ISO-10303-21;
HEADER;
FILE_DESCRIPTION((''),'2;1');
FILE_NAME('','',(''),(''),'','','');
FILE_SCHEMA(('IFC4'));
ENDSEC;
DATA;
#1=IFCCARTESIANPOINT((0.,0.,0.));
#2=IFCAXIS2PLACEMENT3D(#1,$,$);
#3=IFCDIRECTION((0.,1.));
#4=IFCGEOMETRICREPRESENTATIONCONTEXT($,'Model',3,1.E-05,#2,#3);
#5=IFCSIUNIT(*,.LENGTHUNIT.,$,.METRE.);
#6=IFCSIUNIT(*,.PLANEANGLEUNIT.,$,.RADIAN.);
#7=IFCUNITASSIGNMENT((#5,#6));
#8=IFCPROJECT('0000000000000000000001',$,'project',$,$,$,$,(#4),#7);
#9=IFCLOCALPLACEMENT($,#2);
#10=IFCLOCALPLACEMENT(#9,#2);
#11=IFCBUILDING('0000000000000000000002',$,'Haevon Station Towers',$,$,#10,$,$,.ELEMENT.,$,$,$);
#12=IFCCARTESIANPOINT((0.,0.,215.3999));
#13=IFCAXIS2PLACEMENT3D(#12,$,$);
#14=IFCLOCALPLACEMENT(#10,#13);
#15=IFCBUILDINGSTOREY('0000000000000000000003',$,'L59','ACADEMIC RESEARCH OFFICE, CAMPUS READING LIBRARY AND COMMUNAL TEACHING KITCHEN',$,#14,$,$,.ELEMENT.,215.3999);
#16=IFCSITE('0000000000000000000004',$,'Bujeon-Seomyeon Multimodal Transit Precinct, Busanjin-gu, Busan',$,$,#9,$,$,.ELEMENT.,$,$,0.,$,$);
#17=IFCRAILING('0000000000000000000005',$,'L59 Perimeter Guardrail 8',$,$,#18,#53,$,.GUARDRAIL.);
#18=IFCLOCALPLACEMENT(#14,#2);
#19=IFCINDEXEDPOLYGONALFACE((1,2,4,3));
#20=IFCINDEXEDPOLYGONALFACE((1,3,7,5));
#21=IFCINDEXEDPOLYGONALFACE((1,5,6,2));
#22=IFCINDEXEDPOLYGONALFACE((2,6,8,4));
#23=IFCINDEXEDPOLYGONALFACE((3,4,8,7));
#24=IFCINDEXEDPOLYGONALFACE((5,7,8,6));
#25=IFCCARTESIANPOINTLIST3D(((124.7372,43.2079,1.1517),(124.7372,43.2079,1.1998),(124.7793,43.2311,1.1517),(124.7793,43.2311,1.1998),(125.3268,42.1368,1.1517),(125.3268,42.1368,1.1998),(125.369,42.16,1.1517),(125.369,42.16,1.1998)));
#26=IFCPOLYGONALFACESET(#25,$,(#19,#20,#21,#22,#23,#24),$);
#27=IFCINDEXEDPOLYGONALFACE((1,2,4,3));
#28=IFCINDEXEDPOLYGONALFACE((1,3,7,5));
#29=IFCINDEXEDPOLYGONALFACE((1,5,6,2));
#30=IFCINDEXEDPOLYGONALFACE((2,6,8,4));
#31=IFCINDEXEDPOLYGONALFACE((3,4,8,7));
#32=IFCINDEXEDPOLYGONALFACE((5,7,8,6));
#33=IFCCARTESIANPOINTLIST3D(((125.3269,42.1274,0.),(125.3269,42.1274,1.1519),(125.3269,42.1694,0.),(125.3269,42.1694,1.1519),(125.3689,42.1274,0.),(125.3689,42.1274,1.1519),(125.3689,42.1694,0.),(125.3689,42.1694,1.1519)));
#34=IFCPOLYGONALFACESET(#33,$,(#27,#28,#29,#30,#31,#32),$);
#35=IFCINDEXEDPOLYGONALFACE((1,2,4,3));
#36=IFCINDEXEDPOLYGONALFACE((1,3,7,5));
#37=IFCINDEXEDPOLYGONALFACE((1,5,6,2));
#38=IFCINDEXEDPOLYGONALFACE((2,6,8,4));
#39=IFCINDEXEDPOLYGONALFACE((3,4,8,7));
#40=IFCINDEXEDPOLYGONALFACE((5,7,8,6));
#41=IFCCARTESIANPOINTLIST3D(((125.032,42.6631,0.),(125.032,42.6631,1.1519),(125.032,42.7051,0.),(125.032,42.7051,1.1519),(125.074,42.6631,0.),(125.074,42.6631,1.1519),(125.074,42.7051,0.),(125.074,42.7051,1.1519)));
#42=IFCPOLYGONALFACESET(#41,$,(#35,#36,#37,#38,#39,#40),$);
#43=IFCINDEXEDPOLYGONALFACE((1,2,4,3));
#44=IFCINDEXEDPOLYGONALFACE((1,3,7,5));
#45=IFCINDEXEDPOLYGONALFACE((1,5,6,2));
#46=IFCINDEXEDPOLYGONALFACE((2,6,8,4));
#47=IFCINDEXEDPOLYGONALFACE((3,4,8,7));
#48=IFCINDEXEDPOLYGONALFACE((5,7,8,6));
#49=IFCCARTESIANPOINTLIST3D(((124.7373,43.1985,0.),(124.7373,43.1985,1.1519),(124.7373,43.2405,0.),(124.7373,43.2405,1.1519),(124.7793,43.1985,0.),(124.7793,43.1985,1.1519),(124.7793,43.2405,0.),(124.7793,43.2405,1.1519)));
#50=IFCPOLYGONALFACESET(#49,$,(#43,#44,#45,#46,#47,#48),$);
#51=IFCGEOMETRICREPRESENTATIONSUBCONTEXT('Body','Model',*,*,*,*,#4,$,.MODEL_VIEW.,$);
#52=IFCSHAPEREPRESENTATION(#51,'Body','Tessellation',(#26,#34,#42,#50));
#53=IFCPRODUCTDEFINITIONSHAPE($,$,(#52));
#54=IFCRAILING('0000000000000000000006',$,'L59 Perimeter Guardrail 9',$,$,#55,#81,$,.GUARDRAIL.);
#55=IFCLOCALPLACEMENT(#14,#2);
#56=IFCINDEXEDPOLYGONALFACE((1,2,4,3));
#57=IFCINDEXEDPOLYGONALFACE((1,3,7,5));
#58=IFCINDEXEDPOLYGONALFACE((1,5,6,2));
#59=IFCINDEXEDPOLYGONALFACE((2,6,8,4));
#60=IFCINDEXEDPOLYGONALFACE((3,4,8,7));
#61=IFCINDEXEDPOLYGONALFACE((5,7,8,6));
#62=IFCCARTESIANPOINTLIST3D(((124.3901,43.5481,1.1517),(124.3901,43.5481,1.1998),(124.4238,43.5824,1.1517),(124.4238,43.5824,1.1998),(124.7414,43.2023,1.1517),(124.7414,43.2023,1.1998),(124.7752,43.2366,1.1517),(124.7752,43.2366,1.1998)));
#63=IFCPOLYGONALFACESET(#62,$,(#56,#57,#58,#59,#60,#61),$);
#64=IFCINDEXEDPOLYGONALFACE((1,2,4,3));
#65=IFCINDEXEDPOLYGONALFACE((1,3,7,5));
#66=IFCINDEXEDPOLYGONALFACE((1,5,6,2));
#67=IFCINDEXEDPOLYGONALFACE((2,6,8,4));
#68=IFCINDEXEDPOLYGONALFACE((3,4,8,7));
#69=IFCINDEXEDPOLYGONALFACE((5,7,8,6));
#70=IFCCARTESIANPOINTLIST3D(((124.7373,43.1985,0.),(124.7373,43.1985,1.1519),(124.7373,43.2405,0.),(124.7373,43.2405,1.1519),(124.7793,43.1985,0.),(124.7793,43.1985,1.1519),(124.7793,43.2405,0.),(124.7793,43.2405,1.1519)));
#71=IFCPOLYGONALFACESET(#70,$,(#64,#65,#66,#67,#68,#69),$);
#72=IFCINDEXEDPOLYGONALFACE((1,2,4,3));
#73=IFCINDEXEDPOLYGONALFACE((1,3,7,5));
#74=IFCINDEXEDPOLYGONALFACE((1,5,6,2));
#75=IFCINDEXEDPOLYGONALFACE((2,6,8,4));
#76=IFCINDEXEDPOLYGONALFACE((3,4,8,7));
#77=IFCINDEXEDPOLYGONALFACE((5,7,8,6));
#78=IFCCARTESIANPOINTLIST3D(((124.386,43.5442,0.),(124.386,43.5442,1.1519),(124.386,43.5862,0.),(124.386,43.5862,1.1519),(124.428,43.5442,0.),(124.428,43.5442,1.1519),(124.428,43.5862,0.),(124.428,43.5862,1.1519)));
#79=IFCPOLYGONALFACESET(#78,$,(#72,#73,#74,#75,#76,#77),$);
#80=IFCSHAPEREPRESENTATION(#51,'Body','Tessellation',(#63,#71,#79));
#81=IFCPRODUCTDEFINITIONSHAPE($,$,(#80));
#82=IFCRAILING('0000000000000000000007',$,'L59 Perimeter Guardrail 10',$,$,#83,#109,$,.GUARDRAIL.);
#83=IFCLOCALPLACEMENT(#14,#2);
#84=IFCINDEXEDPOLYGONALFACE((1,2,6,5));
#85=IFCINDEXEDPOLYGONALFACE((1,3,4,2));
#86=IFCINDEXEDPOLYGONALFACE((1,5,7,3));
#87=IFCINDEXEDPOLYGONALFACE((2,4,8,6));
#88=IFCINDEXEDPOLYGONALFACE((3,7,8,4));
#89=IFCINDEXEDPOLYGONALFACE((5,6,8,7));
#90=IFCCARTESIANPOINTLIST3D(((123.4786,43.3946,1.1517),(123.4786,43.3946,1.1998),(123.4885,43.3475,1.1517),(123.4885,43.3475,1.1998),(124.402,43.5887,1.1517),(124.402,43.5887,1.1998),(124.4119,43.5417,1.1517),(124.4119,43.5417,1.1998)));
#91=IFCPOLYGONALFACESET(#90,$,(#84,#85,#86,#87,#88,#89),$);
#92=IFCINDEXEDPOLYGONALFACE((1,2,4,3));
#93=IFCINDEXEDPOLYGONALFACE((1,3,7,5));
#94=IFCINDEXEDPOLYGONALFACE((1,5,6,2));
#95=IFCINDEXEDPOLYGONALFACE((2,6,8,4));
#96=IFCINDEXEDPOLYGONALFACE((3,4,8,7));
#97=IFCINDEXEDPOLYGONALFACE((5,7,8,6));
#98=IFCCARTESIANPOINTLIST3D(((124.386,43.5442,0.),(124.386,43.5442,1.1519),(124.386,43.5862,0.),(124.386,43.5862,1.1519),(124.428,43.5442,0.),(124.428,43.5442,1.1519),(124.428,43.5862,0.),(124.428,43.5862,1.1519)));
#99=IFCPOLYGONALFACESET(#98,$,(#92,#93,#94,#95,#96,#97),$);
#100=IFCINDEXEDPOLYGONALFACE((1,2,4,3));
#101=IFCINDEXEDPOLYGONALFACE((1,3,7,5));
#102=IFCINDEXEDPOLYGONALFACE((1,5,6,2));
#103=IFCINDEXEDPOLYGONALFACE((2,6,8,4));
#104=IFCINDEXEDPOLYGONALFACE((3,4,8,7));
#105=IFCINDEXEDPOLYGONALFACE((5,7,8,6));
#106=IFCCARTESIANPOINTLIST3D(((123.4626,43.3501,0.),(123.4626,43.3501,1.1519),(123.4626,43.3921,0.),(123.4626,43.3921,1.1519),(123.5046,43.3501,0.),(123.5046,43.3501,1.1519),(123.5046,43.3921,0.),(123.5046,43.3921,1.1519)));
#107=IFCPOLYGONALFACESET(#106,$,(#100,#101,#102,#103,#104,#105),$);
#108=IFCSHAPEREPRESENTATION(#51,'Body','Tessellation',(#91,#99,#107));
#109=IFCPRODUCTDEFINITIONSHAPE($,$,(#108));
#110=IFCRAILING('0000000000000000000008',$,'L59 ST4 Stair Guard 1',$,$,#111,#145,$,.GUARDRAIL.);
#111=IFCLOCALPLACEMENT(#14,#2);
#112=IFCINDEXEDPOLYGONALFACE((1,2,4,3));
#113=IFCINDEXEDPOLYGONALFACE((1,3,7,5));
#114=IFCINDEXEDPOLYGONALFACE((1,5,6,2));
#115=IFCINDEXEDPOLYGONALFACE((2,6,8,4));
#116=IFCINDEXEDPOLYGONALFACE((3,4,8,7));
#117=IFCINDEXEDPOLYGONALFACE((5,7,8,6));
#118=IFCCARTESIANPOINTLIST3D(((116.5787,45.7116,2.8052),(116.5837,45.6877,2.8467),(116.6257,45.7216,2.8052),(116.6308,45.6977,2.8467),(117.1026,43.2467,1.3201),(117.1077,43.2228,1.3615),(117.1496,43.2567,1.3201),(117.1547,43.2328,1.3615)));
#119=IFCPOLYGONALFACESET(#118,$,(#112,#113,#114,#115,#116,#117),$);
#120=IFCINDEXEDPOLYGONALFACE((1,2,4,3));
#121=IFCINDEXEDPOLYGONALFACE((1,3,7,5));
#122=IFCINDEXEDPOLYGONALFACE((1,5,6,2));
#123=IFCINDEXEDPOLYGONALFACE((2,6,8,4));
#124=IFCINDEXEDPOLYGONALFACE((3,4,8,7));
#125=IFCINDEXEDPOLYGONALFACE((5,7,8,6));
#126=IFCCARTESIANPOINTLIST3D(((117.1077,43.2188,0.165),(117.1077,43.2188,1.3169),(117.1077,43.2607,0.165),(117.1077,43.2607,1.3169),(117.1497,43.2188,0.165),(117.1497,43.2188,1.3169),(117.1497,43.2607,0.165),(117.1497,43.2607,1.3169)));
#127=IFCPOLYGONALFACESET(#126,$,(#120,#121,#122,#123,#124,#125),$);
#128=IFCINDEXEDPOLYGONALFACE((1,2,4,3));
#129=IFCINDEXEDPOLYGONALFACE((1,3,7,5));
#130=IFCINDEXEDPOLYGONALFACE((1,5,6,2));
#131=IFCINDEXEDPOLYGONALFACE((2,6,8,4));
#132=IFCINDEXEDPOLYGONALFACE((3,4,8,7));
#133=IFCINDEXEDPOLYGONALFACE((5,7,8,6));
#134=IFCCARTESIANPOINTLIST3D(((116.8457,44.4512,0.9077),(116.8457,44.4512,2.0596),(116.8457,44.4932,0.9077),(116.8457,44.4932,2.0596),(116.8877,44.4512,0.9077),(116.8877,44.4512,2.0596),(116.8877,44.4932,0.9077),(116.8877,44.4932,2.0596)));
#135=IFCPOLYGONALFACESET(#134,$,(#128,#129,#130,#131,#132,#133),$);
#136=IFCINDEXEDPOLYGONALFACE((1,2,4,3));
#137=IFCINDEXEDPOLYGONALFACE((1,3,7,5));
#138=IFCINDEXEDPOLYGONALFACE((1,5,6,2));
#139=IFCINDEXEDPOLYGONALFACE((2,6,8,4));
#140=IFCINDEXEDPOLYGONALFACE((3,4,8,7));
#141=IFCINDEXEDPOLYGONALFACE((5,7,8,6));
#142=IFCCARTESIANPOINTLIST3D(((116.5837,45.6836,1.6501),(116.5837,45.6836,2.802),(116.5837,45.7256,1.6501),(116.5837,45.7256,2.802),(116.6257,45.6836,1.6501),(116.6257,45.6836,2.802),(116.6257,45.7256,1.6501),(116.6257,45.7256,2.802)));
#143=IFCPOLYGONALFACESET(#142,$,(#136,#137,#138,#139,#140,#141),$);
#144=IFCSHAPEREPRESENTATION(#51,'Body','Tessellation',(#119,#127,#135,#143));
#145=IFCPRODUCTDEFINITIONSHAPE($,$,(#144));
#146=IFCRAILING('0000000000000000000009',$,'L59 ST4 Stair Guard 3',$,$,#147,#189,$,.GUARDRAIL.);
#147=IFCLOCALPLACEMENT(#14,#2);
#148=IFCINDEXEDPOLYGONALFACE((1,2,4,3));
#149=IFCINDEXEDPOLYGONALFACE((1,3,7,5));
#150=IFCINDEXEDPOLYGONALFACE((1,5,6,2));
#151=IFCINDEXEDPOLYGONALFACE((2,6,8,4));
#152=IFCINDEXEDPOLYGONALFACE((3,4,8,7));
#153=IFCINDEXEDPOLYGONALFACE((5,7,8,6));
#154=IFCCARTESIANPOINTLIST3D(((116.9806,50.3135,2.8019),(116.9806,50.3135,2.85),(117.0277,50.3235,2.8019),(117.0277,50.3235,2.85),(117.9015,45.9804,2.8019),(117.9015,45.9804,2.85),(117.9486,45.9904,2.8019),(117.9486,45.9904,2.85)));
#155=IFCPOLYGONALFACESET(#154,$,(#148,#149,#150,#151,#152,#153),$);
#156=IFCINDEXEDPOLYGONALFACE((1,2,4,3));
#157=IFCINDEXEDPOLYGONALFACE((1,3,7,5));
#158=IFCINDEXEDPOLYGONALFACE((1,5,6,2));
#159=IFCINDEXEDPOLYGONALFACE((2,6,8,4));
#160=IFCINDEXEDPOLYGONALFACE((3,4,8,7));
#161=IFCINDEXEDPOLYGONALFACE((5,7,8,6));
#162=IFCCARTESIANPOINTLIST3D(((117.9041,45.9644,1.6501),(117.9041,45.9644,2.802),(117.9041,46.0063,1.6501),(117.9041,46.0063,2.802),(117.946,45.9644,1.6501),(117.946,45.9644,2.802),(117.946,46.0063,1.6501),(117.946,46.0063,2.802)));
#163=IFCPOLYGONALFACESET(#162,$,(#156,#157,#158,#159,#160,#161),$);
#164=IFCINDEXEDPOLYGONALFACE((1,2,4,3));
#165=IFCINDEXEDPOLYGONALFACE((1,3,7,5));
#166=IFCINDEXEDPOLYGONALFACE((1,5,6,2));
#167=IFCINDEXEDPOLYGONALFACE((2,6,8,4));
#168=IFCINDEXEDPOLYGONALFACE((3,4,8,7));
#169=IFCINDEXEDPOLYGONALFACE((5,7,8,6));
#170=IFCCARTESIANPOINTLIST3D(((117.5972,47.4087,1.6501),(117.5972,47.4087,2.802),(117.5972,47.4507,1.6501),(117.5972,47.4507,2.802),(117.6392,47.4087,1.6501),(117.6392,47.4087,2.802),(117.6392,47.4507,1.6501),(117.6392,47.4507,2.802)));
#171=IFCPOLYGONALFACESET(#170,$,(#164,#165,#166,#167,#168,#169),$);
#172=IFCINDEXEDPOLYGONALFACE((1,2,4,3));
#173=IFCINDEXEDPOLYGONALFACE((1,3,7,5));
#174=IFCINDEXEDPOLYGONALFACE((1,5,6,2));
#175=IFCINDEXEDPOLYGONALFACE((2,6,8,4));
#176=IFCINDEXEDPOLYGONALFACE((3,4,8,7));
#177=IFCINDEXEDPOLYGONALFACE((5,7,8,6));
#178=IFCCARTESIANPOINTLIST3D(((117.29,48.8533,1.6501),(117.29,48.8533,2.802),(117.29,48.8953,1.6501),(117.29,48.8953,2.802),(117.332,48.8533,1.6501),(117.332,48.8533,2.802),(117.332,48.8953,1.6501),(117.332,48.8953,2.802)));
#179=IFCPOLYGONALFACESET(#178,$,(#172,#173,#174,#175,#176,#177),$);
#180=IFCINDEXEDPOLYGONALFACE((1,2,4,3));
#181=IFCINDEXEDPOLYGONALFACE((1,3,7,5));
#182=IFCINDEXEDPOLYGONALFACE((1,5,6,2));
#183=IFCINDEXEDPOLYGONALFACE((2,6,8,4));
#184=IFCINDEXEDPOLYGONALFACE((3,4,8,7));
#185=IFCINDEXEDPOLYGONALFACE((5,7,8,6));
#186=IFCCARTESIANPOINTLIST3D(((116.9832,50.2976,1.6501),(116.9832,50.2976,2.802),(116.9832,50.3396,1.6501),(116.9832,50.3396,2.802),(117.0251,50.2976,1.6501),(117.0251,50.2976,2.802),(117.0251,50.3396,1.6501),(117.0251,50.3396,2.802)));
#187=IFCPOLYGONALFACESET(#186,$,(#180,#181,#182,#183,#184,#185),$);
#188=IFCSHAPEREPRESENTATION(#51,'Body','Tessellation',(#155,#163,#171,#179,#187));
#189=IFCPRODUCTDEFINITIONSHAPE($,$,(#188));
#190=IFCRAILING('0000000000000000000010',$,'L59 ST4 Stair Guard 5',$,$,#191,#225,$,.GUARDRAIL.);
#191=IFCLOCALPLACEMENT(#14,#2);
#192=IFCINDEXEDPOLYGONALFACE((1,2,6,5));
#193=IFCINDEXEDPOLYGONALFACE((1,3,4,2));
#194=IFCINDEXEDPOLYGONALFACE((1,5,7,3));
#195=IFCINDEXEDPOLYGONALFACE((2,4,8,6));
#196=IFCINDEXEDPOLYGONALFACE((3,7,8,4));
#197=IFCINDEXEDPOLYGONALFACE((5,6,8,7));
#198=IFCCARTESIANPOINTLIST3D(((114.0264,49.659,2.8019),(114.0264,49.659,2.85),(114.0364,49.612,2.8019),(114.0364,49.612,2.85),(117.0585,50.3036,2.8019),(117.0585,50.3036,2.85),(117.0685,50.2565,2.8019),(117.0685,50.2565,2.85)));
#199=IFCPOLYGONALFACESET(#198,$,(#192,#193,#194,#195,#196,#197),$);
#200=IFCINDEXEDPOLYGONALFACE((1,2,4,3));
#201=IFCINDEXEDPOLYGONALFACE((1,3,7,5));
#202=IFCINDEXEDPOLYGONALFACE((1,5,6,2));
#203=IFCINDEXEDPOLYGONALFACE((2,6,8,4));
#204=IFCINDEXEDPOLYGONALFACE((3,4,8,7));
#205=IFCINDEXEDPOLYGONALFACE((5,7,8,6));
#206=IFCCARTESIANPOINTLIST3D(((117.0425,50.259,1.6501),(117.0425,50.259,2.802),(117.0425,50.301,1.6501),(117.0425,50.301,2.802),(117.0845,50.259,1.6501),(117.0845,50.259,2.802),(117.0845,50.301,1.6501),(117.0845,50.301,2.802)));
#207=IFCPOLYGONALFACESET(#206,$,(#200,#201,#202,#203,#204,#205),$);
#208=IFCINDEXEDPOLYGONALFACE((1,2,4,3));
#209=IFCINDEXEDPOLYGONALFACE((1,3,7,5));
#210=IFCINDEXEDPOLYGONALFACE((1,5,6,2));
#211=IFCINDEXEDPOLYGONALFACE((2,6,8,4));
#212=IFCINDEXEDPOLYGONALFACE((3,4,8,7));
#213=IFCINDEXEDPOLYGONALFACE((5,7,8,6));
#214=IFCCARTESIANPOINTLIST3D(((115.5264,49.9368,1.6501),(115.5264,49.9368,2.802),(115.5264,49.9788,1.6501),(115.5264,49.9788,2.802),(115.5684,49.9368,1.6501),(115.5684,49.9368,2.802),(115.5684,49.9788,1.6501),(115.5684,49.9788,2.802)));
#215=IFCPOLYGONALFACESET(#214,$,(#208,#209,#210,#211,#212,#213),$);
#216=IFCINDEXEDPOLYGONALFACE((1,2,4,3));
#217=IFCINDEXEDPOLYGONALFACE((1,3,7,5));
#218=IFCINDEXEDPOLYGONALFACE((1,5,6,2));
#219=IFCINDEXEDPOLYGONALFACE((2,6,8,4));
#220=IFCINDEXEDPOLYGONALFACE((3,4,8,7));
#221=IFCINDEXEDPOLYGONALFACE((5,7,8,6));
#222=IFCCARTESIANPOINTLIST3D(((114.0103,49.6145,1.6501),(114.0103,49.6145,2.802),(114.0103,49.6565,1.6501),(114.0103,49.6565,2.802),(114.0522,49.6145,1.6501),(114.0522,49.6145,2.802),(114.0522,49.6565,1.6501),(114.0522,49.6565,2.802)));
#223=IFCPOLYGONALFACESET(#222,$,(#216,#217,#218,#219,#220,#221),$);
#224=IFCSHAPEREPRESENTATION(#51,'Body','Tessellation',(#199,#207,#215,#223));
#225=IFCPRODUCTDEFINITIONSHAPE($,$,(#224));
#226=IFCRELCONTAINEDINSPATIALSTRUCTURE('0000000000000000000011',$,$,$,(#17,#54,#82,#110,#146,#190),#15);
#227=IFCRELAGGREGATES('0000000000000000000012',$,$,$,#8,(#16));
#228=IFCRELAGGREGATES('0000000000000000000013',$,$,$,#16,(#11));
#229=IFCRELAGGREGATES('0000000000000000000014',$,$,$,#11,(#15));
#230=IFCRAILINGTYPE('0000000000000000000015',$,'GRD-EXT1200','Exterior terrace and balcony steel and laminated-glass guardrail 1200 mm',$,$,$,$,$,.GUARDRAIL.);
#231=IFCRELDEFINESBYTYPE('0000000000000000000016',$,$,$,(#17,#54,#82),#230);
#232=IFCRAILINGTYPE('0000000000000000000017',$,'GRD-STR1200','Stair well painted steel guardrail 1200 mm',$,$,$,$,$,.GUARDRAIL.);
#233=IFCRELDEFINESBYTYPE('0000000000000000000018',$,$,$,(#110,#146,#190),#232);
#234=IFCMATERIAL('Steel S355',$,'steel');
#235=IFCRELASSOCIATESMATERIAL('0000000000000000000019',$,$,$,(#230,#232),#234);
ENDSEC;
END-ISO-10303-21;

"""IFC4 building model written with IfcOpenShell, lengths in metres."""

from ifc_helpers import new_model, si_unit, direction, frame, origin, origin_2d, place, context, subcontext, project, spatial, rectangle, extrude, material, type_object, element, save


model = new_model("IFC4")

# Units and contexts
model_context = context("Model", 3, precision=1e-05, world=origin(), true_north=direction((0.0, 1.0)))
body_context = subcontext(model_context, "Body", "Model", "MODEL_VIEW")
ifc_project = project(units=[si_unit("LENGTHUNIT", "METRE"), si_unit("PLANEANGLEUNIT", "RADIAN")], contexts=[model_context])

# Site, building, storey
site_placement = place(None, origin())
site = spatial("IfcSite", under=ifc_project, at=site_placement, Name="Bujeon-Seomyeon Multimodal Transit Precinct, Busanjin-gu, Busan", CompositionType="ELEMENT", RefElevation=0.0)
building_placement = place(site_placement, origin())
building = spatial("IfcBuilding", under=site, at=building_placement, Name="Haevon Station Towers", CompositionType="ELEMENT")
storey_placement = place(building_placement, frame((0.0, 0.0, 215.3999)))
storey = spatial("IfcBuildingStorey", under=building, at=storey_placement, Name="L59", Description="ACADEMIC RESEARCH OFFICE, CAMPUS READING LIBRARY AND COMMUNAL TEACHING KITCHEN", CompositionType="ELEMENT", Elevation=215.3999)

# Shared definitions
ifc_material_1 = material(Name="Steel S355", Category="steel")

# Railings
railing_type_1 = type_object("IfcRailingType", Name="GRD-EXT1200", Description="Exterior terrace and balcony steel and laminated-glass guardrail 1200 mm", PredefinedType="GUARDRAIL", material=ifc_material_1)
railing_1_placement = place(storey_placement, frame((125.3479, 42.1484, 0.0)))
element("IfcRailing", 1, at=railing_1_placement, inside=storey, type_object=railing_type_1, Name="L59 Perimeter Guardrail 8", PredefinedType="GUARDRAIL", context=body_context, shape_type="SweptSolid", body=[
    extrude(rectangle(XDim=0.0481, YDim=0.0481, at=origin_2d()), frame((0.0, 0.0, 1.1758), z_axis=(-0.482248, 0.876035, 0.0), x_axis=(-0.876035, -0.482248, 0.0)), (0.0, 0.0, 1.0), 1.2227),
    extrude(rectangle(XDim=0.042, YDim=0.042, at=origin_2d()), origin(), (0.0, 0.0, 1.0), 1.1519),
    extrude(rectangle(XDim=0.042, YDim=0.042, at=origin_2d()), frame((-0.2949, 0.5356, 0.0)), (0.0, 0.0, 1.0), 1.1519),
    extrude(rectangle(XDim=0.042, YDim=0.042, at=origin_2d()), frame((-0.5896, 1.071, 0.0)), (0.0, 0.0, 1.0), 1.1519),
])
railing_2_placement = place(storey_placement, frame((124.7583, 43.2195, 0.0)))
element("IfcRailing", 2, at=railing_2_placement, inside=storey, type_object=railing_type_1, Name="L59 Perimeter Guardrail 9", PredefinedType="GUARDRAIL", context=body_context, shape_type="SweptSolid", body=[
    extrude(rectangle(XDim=0.0481, YDim=0.0481, at=origin_2d()), frame((0.0, 0.0, 1.1758), z_axis=(-0.71278, 0.701388, 0.0), x_axis=(-0.701388, -0.71278, 0.0)), (0.0, 0.0, 1.0), 0.4929),
    extrude(rectangle(XDim=0.042, YDim=0.042, at=origin_2d()), origin(), (0.0, 0.0, 1.0), 1.1519),
    extrude(rectangle(XDim=0.042, YDim=0.042, at=origin_2d()), frame((-0.3513, 0.3457, 0.0)), (0.0, 0.0, 1.0), 1.1519),
])
railing_3_placement = place(storey_placement, frame((124.407, 43.5652, 0.0)))
element("IfcRailing", 3, at=railing_3_placement, inside=storey, type_object=railing_type_1, Name="L59 Perimeter Guardrail 10", PredefinedType="GUARDRAIL", context=body_context, shape_type="SweptSolid", body=[
    extrude(rectangle(XDim=0.0481, YDim=0.0481, at=origin_2d()), frame((0.0, 0.0, 1.1758), z_axis=(-0.978613, -0.205711, 0.0), x_axis=(0.205711, -0.978613, 0.0)), (0.0, 0.0, 1.0), 0.9436),
    extrude(rectangle(XDim=0.042, YDim=0.042, at=origin_2d()), origin(), (0.0, 0.0, 1.0), 1.1519),
    extrude(rectangle(XDim=0.042, YDim=0.042, at=origin_2d()), frame((-0.9233, -0.1941, 0.0)), (0.0, 0.0, 1.0), 1.1519),
])
railing_type_2 = type_object("IfcRailingType", Name="GRD-STR1200", Description="Stair well painted steel guardrail 1200 mm", PredefinedType="GUARDRAIL", material=ifc_material_1)
railing_4_placement = place(storey_placement, frame((117.1287, 43.2397, 0.165)))
element("IfcRailing", 4, at=railing_4_placement, inside=storey, type_object=railing_type_2, Name="L59 ST4 Stair Guard 1", PredefinedType="GUARDRAIL", context=body_context, shape_type="SweptSolid", body=[
    extrude(rectangle(XDim=0.0481, YDim=0.0481, at=origin_2d()), frame((0.0, 0.0, 1.1758), z_axis=(-0.179121, 0.842688, 0.507733), x_axis=(-0.978147, -0.207914, 0.0)), (0.0, 0.0, 1.0), 2.925),
    extrude(rectangle(XDim=0.042, YDim=0.042, at=origin_2d()), origin(), (0.0, 0.0, 1.0), 1.1519),
    extrude(rectangle(XDim=0.042, YDim=0.042, at=origin_2d()), frame((-0.262, 1.2324, 0.7427)), (0.0, 0.0, 1.0), 1.1519),
    extrude(rectangle(XDim=0.042, YDim=0.042, at=origin_2d()), frame((-0.5239, 2.4648, 1.4851)), (0.0, 0.0, 1.0), 1.1519),
])
railing_5_placement = place(storey_placement, frame((117.925, 45.9854, 1.6501)))
element("IfcRailing", 5, at=railing_5_placement, inside=storey, type_object=railing_type_2, Name="L59 ST4 Stair Guard 3", PredefinedType="GUARDRAIL", context=body_context, shape_type="SweptSolid", body=[
    extrude(rectangle(XDim=0.0481, YDim=0.0481, at=origin_2d()), frame((0.0, 0.0, 1.1758), z_axis=(-0.207877, 0.978155, 0.0), x_axis=(-0.978155, -0.207877, 0.0)), (0.0, 0.0, 1.0), 4.4299),
    extrude(rectangle(XDim=0.042, YDim=0.042, at=origin_2d()), origin(), (0.0, 0.0, 1.0), 1.1519),
    extrude(rectangle(XDim=0.042, YDim=0.042, at=origin_2d()), frame((-0.3069, 1.4443, 0.0)), (0.0, 0.0, 1.0), 1.1519),
    extrude(rectangle(XDim=0.042, YDim=0.042, at=origin_2d()), frame((-0.614, 2.8889, 0.0)), (0.0, 0.0, 1.0), 1.1519),
    extrude(rectangle(XDim=0.042, YDim=0.042, at=origin_2d()), frame((-0.9209, 4.3333, 0.0)), (0.0, 0.0, 1.0), 1.1519),
])
railing_6_placement = place(storey_placement, frame((117.0635, 50.28, 1.6501)))
element("IfcRailing", 6, at=railing_6_placement, inside=storey, type_object=railing_type_2, Name="L59 ST4 Stair Guard 5", PredefinedType="GUARDRAIL", context=body_context, shape_type="SweptSolid", body=[
    extrude(rectangle(XDim=0.0481, YDim=0.0481, at=origin_2d()), frame((0.0, 0.0, 1.1758), z_axis=(-0.978147, -0.207915, 0.0), x_axis=(0.207915, -0.978147, 0.0)), (0.0, 0.0, 1.0), 3.0999),
    extrude(rectangle(XDim=0.042, YDim=0.042, at=origin_2d()), origin(), (0.0, 0.0, 1.0), 1.1519),
    extrude(rectangle(XDim=0.042, YDim=0.042, at=origin_2d()), frame((-1.5161, -0.3223, 0.0)), (0.0, 0.0, 1.0), 1.1519),
    extrude(rectangle(XDim=0.042, YDim=0.042, at=origin_2d()), frame((-3.0322, -0.6445, 0.0)), (0.0, 0.0, 1.0), 1.1519),
])

save(model, "model.ifc")
